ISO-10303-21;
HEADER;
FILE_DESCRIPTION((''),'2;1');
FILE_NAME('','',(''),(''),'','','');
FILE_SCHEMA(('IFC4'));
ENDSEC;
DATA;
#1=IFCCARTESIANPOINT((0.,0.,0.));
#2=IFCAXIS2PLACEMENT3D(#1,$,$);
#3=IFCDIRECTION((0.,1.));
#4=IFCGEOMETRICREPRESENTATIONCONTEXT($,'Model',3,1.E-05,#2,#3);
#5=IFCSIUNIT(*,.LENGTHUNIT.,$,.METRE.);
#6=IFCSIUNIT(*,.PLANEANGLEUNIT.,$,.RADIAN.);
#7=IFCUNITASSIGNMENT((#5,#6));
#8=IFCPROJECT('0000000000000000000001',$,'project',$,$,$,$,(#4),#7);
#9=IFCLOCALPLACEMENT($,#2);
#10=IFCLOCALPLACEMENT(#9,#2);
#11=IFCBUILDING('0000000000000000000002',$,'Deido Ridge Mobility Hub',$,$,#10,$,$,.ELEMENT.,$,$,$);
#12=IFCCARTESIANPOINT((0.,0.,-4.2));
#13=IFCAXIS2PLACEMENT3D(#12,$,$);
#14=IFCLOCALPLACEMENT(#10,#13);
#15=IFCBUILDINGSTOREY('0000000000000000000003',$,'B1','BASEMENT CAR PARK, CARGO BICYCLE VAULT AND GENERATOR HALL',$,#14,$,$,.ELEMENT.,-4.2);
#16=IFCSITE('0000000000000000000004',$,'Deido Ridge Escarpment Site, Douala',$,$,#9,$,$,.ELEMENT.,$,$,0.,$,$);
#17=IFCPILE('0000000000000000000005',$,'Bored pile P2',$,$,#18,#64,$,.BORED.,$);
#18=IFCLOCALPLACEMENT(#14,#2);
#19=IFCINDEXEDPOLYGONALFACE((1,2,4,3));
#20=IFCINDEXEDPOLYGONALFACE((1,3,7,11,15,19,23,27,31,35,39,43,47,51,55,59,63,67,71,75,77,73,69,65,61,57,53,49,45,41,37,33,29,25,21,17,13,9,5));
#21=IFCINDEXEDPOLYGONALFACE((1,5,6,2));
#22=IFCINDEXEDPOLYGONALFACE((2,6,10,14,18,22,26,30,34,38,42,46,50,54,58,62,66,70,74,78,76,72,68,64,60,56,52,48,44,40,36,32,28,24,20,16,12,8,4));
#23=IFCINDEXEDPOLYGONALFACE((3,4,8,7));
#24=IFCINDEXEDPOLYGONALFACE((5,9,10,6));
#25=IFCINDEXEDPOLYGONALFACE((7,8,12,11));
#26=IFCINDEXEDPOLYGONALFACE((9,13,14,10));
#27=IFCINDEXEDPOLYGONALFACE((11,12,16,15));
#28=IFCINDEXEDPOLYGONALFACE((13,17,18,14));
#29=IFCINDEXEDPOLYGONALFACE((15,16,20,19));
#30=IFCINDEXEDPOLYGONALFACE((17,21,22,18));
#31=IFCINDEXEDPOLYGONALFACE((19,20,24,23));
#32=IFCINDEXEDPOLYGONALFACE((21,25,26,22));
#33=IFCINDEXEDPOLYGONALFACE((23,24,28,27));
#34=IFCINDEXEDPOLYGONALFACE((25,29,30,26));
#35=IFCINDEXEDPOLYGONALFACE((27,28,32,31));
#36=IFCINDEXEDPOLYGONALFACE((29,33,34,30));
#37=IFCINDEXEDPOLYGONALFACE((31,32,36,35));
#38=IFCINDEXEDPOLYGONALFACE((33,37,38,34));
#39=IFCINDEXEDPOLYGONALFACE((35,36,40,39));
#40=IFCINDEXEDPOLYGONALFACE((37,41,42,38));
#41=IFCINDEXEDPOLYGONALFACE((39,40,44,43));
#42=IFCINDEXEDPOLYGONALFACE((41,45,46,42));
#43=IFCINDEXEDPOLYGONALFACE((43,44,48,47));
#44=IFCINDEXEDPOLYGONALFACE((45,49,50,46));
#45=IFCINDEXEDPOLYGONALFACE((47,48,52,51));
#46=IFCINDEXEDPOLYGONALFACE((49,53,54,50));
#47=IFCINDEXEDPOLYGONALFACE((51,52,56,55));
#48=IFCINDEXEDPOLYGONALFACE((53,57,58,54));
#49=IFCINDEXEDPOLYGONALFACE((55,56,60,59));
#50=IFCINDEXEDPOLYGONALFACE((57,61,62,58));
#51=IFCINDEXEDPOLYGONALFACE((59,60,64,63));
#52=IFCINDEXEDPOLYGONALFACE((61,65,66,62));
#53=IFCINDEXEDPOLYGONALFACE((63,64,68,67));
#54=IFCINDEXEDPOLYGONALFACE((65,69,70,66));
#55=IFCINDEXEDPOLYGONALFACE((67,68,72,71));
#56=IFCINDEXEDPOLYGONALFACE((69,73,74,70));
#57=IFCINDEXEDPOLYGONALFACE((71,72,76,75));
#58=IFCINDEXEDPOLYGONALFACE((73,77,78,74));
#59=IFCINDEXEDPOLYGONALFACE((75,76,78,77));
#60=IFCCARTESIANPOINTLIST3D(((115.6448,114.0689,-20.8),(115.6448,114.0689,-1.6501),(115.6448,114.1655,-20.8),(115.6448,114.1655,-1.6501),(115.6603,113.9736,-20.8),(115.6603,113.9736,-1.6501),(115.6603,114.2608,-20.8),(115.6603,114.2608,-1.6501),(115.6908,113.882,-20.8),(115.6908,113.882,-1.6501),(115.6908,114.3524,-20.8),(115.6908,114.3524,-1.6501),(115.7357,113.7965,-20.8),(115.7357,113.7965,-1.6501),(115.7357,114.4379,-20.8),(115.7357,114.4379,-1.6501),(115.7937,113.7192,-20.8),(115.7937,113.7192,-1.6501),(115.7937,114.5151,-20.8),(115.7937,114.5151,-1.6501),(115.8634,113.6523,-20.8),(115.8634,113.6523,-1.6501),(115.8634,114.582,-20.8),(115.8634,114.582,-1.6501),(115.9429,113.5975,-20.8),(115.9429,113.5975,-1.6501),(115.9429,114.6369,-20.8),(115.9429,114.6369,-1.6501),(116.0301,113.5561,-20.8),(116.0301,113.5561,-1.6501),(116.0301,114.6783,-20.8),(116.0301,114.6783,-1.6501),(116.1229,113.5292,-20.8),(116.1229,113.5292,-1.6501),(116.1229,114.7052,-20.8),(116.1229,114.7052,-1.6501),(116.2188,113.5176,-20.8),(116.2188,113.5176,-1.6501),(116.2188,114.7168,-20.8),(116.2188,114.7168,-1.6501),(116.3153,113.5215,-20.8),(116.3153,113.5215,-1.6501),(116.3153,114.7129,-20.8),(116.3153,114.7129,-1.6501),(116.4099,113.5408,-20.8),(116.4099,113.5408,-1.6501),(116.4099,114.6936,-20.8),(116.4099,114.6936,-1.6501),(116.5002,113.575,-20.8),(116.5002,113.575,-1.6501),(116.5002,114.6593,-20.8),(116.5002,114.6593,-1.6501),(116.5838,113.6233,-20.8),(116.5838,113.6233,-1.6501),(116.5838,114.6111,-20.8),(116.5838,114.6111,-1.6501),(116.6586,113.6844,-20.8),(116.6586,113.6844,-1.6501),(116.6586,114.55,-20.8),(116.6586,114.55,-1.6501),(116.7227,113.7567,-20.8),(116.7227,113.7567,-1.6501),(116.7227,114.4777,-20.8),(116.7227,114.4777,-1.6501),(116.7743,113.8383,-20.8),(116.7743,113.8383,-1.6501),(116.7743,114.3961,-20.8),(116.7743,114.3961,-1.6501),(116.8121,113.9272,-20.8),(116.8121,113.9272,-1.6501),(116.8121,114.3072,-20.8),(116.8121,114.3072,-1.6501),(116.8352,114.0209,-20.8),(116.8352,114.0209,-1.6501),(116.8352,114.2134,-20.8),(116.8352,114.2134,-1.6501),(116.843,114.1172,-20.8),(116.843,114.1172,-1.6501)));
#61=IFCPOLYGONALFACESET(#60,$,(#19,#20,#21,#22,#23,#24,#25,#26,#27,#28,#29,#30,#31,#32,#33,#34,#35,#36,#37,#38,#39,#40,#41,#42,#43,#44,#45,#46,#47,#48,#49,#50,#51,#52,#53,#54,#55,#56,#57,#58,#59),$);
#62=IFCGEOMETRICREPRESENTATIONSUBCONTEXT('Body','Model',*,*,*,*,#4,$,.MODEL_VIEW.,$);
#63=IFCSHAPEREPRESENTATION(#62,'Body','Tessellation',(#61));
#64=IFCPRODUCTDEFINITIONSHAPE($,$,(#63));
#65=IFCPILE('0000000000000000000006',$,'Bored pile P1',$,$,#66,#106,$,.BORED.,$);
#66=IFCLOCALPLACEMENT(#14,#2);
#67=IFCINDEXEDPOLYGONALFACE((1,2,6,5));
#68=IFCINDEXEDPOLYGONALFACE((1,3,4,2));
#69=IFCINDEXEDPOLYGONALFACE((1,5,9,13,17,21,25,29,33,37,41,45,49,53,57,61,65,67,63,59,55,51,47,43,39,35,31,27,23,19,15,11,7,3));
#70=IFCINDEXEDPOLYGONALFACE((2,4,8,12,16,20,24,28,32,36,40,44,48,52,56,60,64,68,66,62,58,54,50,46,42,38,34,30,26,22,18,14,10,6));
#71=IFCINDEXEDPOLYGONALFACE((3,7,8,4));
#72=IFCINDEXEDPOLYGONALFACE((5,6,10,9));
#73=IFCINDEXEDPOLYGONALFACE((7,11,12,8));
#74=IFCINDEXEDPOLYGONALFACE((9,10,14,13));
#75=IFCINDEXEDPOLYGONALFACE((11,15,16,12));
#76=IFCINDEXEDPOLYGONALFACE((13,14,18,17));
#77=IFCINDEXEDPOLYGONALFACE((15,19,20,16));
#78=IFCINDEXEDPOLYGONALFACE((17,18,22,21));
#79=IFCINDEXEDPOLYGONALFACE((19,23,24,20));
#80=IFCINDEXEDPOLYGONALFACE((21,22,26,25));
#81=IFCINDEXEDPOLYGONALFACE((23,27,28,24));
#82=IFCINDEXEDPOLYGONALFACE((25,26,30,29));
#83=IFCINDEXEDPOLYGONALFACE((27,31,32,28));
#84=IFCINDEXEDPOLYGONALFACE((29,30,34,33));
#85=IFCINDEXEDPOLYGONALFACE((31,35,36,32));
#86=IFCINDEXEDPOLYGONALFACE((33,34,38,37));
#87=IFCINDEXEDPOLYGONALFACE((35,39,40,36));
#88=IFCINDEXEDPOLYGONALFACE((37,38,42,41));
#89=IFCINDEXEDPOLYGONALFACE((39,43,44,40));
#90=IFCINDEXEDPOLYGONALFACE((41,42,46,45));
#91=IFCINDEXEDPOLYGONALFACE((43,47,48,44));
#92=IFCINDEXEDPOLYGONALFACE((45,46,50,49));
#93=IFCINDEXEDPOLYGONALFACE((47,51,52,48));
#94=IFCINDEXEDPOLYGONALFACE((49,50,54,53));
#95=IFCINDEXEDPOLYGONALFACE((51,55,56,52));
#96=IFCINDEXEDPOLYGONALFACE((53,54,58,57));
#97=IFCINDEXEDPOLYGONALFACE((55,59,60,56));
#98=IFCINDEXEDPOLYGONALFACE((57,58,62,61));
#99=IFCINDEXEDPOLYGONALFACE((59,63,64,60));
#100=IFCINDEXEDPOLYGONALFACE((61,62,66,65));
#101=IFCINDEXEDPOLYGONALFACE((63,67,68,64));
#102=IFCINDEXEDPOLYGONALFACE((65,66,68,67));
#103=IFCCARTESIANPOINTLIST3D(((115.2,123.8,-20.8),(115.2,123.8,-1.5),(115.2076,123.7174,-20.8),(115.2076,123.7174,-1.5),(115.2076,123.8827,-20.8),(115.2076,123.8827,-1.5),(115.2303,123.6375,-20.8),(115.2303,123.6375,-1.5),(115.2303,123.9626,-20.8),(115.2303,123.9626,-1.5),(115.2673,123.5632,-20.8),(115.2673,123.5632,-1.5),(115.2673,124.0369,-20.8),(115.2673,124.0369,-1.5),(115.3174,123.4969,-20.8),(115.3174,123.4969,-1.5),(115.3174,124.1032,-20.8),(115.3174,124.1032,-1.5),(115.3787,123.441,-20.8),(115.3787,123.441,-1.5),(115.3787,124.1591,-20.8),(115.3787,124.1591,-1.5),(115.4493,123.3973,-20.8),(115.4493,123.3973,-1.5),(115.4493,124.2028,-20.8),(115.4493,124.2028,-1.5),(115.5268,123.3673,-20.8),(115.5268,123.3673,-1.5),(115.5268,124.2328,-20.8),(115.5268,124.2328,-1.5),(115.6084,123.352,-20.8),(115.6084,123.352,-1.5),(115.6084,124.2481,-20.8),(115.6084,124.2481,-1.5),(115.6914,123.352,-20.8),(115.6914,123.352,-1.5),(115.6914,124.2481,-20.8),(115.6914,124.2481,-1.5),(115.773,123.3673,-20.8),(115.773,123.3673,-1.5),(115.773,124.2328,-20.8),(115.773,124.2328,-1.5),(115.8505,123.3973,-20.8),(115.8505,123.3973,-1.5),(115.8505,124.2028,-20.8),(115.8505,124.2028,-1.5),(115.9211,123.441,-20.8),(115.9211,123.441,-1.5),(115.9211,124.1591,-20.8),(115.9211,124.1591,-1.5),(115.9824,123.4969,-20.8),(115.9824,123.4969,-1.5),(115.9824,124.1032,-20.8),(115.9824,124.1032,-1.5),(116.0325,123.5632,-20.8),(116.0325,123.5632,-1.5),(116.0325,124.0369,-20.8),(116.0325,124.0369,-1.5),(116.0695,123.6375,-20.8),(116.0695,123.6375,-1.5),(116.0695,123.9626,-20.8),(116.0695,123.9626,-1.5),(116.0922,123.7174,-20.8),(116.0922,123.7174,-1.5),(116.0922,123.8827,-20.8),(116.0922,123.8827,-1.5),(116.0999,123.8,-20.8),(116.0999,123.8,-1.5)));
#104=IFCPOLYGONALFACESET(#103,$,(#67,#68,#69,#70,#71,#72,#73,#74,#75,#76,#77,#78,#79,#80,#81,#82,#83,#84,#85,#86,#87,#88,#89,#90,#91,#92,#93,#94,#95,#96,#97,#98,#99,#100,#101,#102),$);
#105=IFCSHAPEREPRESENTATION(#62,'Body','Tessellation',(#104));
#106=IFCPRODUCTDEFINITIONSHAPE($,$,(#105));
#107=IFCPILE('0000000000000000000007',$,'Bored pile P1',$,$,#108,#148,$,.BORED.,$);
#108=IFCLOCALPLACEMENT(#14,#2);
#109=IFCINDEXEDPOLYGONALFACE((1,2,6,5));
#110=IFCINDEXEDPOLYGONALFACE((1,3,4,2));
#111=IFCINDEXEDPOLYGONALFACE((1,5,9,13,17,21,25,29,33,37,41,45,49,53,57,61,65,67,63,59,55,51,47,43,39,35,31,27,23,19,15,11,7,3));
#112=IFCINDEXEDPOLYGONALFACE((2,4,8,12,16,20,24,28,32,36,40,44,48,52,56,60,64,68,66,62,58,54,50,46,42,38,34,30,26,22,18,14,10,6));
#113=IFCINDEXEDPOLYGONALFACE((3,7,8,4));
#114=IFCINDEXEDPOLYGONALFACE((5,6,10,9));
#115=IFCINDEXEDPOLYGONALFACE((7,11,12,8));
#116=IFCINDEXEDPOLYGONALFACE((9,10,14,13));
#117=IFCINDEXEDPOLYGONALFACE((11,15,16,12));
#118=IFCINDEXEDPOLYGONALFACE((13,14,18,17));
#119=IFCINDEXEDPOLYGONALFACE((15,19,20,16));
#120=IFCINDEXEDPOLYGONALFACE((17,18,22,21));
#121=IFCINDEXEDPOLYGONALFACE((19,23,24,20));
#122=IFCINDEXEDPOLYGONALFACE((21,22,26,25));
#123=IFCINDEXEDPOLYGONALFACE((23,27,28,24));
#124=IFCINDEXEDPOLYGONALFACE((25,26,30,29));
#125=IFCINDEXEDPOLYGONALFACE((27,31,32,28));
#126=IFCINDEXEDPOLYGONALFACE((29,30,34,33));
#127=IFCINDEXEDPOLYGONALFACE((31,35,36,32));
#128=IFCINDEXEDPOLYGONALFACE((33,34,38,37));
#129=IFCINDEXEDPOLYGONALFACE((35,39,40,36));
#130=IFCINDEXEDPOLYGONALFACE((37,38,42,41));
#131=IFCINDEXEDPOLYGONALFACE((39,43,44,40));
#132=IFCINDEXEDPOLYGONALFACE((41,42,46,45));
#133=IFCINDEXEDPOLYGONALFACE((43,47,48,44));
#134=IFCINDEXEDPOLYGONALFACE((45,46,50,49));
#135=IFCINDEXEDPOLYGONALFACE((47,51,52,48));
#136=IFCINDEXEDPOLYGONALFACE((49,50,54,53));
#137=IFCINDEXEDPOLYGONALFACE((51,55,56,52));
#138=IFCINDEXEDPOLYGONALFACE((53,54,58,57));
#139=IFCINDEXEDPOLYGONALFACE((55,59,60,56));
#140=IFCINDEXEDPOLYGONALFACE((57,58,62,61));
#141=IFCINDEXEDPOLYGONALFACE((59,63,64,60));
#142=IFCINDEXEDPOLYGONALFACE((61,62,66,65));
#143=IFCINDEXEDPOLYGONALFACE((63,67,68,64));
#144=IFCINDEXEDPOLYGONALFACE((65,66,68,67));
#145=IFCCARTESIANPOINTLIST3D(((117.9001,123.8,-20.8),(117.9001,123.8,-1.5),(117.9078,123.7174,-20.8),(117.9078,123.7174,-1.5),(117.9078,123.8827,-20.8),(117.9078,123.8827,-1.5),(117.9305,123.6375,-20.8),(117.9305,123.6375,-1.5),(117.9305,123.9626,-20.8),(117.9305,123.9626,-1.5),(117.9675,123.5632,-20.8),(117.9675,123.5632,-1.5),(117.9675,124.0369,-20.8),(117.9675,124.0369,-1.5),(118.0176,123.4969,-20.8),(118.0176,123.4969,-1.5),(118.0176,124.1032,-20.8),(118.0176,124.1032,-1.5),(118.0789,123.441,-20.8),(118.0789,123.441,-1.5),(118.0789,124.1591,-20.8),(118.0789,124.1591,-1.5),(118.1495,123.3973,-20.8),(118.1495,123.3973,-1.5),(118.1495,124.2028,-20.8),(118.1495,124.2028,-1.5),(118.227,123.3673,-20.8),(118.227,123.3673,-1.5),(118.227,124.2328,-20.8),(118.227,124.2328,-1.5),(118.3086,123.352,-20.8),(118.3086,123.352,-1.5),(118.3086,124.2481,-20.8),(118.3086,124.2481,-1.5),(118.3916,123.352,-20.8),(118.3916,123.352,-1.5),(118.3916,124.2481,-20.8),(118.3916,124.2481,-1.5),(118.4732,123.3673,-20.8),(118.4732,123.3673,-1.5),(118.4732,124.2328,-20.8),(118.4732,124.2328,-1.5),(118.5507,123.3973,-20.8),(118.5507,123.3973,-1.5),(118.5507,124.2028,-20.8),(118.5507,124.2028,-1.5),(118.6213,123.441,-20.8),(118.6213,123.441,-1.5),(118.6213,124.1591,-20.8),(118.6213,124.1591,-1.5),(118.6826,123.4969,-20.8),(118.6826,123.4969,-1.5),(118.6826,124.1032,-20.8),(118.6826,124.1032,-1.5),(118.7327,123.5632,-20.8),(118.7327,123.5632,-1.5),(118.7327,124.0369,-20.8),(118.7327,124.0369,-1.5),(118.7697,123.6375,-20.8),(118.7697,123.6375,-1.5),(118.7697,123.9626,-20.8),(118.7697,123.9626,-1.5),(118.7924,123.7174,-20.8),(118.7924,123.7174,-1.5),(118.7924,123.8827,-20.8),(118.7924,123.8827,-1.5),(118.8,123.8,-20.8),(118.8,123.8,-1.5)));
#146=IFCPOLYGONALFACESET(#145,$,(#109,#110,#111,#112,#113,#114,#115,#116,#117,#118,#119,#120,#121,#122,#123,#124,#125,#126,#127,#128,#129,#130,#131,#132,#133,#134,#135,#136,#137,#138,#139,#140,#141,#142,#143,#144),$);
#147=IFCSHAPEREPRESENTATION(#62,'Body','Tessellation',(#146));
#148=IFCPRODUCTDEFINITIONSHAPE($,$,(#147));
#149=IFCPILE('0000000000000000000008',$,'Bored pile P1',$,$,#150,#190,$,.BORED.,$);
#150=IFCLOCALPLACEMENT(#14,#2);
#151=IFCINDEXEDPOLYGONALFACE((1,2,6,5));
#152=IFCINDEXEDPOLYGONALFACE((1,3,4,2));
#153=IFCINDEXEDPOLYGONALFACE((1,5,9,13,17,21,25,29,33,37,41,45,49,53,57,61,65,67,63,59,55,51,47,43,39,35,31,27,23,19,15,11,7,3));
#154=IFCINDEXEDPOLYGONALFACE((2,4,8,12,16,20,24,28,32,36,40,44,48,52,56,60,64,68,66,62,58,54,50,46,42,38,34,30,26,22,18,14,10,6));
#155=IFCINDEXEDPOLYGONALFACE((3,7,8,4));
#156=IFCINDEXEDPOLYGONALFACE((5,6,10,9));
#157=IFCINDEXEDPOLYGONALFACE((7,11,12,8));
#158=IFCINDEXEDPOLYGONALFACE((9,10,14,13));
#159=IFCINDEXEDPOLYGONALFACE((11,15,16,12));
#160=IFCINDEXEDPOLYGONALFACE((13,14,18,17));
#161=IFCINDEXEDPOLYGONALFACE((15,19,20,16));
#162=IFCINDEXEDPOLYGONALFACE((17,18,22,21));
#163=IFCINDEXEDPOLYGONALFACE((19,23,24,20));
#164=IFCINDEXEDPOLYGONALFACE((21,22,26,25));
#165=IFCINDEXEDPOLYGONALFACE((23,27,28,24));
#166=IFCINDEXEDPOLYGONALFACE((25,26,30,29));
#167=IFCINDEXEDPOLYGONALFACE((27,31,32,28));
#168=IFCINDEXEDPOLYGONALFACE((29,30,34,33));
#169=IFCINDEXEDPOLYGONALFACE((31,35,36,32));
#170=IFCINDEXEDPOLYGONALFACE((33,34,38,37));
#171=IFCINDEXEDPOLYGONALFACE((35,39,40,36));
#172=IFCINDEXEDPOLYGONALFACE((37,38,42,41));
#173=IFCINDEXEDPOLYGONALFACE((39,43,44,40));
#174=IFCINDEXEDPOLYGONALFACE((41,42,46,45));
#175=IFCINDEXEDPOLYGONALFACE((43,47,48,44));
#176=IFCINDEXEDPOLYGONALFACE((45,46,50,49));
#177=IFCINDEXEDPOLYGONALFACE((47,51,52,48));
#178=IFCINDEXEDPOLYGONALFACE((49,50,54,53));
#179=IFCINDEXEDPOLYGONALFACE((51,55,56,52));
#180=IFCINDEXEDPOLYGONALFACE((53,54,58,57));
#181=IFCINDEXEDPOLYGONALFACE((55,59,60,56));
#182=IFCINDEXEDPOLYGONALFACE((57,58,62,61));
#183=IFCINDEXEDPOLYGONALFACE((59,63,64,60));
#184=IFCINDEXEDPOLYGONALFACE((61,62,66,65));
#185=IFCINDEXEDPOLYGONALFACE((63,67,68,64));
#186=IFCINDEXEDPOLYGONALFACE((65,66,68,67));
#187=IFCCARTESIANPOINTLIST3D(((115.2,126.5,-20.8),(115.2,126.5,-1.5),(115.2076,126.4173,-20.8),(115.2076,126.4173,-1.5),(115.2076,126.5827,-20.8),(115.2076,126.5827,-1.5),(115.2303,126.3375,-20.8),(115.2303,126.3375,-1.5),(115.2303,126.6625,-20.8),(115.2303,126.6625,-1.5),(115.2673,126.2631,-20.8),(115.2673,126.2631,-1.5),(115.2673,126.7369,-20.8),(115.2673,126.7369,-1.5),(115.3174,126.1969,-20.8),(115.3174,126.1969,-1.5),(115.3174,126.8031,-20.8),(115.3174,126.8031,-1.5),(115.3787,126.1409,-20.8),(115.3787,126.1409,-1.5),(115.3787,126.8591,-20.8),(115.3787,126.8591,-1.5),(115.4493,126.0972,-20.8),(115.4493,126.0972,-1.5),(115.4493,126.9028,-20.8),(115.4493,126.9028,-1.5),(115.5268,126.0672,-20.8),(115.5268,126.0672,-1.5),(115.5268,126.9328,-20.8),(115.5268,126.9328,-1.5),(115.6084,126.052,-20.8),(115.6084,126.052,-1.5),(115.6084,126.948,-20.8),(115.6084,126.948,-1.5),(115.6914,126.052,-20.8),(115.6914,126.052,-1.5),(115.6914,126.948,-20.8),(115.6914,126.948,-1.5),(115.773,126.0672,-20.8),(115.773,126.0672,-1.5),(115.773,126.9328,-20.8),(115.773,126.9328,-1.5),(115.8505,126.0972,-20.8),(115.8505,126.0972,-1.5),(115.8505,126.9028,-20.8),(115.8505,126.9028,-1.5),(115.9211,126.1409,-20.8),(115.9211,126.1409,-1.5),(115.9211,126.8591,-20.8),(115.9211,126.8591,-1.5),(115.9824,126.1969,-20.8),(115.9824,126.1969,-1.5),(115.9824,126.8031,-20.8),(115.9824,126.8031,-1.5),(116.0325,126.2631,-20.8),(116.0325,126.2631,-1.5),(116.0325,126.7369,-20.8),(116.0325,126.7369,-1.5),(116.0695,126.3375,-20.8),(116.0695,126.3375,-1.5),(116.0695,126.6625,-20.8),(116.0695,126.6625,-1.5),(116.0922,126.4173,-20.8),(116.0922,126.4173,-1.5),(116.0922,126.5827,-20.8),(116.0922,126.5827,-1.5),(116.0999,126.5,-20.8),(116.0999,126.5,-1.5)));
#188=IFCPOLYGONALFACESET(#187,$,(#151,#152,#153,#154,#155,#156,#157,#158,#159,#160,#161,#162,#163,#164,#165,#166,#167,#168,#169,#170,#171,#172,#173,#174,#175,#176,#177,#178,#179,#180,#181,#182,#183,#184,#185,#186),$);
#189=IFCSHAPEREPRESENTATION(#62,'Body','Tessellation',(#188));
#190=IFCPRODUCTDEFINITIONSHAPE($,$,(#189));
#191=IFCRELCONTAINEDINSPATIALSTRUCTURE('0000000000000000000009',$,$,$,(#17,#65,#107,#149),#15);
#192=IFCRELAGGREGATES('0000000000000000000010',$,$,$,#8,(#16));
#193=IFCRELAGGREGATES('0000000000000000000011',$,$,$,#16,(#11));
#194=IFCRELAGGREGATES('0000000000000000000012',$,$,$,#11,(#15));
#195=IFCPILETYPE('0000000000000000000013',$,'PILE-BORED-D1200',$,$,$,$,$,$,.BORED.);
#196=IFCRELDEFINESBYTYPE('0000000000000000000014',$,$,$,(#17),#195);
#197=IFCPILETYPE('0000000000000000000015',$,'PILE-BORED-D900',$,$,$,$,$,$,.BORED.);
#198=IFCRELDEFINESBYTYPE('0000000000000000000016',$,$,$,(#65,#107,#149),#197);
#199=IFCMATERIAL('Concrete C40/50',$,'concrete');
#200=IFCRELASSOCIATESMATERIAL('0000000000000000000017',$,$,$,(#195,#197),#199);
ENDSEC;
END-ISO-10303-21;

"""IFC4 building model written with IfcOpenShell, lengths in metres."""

from ifc_helpers import new_model, si_unit, direction, frame, origin, origin_2d, place, context, subcontext, project, spatial, circle, extrude, material, material_profile, profile_set, type_object, element, save


model = new_model("IFC4")

# Units and contexts
model_context = context("Model", 3, precision=1e-05, world=origin(), true_north=direction((0.0, 1.0)))
body_context = subcontext(model_context, "Body", "Model", "MODEL_VIEW")
ifc_project = project(units=[si_unit("LENGTHUNIT", "METRE"), si_unit("PLANEANGLEUNIT", "RADIAN")], contexts=[model_context])

# Site, building, storey
site_placement = place(None, origin())
site = spatial("IfcSite", under=ifc_project, at=site_placement, Name="Deido Ridge Escarpment Site, Douala", CompositionType="ELEMENT", RefElevation=0.0)
building_placement = place(site_placement, origin())
building = spatial("IfcBuilding", under=site, at=building_placement, Name="Deido Ridge Mobility Hub", CompositionType="ELEMENT")
storey_placement = place(building_placement, frame((0.0, 0.0, -4.2)))
storey = spatial("IfcBuildingStorey", under=building, at=storey_placement, Name="B1", Description="BASEMENT CAR PARK, CARGO BICYCLE VAULT AND GENERATOR HALL", CompositionType="ELEMENT", Elevation=-4.2)

# Shared definitions
ifc_material_1 = material(Name="Concrete C40/50", Category="concrete")

# Piles
ifc_material_profile_1 = material_profile(ifc_material_1, circle(Radius=0.6001, at=origin_2d()), Name="BORED PILE D1200")
ifc_profile_set_1 = profile_set([ifc_material_profile_1], Name="Concrete C40/50")
pile_type_1 = type_object("IfcPileType", Name="PILE-BORED-D1200", PredefinedType="BORED", material=ifc_profile_set_1)
pile_1_placement = place(storey_placement, frame((116.2429, 114.1172, -1.6501), z_axis=(0.0, 0.0, -1.0), x_axis=(1.0, 0.0, 0.0)))
element("IfcPile", 1, at=pile_1_placement, inside=storey, type_object=pile_type_1, Name="Bored pile P2", PredefinedType="BORED", context=body_context, shape_type="SweptSolid", body=[
    extrude(circle(Radius=0.6001, at=origin_2d()), origin(), (0.0, 0.0, 1.0), 19.1499),
])
ifc_material_profile_2 = material_profile(ifc_material_1, circle(Radius=0.45, at=origin_2d()), Name="BORED PILE D900")
ifc_profile_set_2 = profile_set([ifc_material_profile_2], Name="Concrete C40/50")
pile_type_2 = type_object("IfcPileType", Name="PILE-BORED-D900", PredefinedType="BORED", material=ifc_profile_set_2)
for number, where, z_axis, x_axis, name in (
    (2, (115.6499, 123.8, -1.5), (0.0, 0.0, -1.0), (1.0, 0.0, 0.0), "Bored pile P1"),
    (3, (118.3501, 123.8, -1.5), (0.0, 0.0, -1.0), (1.0, 0.0, 0.0), "Bored pile P1"),
    (4, (115.6499, 126.5, -1.5), (0.0, 0.0, -1.0), (1.0, 0.0, 0.0), "Bored pile P1"),
):
    element("IfcPile", number, at=place(storey_placement, frame(where, z_axis=z_axis, x_axis=x_axis)), inside=storey, type_object=pile_type_2, Name=name, PredefinedType="BORED", context=body_context, shape_type="SweptSolid", body=[
        extrude(circle(Radius=0.45, at=origin_2d()), origin(), (0.0, 0.0, 1.0), 19.3),
    ])

save(model, "model.ifc")
